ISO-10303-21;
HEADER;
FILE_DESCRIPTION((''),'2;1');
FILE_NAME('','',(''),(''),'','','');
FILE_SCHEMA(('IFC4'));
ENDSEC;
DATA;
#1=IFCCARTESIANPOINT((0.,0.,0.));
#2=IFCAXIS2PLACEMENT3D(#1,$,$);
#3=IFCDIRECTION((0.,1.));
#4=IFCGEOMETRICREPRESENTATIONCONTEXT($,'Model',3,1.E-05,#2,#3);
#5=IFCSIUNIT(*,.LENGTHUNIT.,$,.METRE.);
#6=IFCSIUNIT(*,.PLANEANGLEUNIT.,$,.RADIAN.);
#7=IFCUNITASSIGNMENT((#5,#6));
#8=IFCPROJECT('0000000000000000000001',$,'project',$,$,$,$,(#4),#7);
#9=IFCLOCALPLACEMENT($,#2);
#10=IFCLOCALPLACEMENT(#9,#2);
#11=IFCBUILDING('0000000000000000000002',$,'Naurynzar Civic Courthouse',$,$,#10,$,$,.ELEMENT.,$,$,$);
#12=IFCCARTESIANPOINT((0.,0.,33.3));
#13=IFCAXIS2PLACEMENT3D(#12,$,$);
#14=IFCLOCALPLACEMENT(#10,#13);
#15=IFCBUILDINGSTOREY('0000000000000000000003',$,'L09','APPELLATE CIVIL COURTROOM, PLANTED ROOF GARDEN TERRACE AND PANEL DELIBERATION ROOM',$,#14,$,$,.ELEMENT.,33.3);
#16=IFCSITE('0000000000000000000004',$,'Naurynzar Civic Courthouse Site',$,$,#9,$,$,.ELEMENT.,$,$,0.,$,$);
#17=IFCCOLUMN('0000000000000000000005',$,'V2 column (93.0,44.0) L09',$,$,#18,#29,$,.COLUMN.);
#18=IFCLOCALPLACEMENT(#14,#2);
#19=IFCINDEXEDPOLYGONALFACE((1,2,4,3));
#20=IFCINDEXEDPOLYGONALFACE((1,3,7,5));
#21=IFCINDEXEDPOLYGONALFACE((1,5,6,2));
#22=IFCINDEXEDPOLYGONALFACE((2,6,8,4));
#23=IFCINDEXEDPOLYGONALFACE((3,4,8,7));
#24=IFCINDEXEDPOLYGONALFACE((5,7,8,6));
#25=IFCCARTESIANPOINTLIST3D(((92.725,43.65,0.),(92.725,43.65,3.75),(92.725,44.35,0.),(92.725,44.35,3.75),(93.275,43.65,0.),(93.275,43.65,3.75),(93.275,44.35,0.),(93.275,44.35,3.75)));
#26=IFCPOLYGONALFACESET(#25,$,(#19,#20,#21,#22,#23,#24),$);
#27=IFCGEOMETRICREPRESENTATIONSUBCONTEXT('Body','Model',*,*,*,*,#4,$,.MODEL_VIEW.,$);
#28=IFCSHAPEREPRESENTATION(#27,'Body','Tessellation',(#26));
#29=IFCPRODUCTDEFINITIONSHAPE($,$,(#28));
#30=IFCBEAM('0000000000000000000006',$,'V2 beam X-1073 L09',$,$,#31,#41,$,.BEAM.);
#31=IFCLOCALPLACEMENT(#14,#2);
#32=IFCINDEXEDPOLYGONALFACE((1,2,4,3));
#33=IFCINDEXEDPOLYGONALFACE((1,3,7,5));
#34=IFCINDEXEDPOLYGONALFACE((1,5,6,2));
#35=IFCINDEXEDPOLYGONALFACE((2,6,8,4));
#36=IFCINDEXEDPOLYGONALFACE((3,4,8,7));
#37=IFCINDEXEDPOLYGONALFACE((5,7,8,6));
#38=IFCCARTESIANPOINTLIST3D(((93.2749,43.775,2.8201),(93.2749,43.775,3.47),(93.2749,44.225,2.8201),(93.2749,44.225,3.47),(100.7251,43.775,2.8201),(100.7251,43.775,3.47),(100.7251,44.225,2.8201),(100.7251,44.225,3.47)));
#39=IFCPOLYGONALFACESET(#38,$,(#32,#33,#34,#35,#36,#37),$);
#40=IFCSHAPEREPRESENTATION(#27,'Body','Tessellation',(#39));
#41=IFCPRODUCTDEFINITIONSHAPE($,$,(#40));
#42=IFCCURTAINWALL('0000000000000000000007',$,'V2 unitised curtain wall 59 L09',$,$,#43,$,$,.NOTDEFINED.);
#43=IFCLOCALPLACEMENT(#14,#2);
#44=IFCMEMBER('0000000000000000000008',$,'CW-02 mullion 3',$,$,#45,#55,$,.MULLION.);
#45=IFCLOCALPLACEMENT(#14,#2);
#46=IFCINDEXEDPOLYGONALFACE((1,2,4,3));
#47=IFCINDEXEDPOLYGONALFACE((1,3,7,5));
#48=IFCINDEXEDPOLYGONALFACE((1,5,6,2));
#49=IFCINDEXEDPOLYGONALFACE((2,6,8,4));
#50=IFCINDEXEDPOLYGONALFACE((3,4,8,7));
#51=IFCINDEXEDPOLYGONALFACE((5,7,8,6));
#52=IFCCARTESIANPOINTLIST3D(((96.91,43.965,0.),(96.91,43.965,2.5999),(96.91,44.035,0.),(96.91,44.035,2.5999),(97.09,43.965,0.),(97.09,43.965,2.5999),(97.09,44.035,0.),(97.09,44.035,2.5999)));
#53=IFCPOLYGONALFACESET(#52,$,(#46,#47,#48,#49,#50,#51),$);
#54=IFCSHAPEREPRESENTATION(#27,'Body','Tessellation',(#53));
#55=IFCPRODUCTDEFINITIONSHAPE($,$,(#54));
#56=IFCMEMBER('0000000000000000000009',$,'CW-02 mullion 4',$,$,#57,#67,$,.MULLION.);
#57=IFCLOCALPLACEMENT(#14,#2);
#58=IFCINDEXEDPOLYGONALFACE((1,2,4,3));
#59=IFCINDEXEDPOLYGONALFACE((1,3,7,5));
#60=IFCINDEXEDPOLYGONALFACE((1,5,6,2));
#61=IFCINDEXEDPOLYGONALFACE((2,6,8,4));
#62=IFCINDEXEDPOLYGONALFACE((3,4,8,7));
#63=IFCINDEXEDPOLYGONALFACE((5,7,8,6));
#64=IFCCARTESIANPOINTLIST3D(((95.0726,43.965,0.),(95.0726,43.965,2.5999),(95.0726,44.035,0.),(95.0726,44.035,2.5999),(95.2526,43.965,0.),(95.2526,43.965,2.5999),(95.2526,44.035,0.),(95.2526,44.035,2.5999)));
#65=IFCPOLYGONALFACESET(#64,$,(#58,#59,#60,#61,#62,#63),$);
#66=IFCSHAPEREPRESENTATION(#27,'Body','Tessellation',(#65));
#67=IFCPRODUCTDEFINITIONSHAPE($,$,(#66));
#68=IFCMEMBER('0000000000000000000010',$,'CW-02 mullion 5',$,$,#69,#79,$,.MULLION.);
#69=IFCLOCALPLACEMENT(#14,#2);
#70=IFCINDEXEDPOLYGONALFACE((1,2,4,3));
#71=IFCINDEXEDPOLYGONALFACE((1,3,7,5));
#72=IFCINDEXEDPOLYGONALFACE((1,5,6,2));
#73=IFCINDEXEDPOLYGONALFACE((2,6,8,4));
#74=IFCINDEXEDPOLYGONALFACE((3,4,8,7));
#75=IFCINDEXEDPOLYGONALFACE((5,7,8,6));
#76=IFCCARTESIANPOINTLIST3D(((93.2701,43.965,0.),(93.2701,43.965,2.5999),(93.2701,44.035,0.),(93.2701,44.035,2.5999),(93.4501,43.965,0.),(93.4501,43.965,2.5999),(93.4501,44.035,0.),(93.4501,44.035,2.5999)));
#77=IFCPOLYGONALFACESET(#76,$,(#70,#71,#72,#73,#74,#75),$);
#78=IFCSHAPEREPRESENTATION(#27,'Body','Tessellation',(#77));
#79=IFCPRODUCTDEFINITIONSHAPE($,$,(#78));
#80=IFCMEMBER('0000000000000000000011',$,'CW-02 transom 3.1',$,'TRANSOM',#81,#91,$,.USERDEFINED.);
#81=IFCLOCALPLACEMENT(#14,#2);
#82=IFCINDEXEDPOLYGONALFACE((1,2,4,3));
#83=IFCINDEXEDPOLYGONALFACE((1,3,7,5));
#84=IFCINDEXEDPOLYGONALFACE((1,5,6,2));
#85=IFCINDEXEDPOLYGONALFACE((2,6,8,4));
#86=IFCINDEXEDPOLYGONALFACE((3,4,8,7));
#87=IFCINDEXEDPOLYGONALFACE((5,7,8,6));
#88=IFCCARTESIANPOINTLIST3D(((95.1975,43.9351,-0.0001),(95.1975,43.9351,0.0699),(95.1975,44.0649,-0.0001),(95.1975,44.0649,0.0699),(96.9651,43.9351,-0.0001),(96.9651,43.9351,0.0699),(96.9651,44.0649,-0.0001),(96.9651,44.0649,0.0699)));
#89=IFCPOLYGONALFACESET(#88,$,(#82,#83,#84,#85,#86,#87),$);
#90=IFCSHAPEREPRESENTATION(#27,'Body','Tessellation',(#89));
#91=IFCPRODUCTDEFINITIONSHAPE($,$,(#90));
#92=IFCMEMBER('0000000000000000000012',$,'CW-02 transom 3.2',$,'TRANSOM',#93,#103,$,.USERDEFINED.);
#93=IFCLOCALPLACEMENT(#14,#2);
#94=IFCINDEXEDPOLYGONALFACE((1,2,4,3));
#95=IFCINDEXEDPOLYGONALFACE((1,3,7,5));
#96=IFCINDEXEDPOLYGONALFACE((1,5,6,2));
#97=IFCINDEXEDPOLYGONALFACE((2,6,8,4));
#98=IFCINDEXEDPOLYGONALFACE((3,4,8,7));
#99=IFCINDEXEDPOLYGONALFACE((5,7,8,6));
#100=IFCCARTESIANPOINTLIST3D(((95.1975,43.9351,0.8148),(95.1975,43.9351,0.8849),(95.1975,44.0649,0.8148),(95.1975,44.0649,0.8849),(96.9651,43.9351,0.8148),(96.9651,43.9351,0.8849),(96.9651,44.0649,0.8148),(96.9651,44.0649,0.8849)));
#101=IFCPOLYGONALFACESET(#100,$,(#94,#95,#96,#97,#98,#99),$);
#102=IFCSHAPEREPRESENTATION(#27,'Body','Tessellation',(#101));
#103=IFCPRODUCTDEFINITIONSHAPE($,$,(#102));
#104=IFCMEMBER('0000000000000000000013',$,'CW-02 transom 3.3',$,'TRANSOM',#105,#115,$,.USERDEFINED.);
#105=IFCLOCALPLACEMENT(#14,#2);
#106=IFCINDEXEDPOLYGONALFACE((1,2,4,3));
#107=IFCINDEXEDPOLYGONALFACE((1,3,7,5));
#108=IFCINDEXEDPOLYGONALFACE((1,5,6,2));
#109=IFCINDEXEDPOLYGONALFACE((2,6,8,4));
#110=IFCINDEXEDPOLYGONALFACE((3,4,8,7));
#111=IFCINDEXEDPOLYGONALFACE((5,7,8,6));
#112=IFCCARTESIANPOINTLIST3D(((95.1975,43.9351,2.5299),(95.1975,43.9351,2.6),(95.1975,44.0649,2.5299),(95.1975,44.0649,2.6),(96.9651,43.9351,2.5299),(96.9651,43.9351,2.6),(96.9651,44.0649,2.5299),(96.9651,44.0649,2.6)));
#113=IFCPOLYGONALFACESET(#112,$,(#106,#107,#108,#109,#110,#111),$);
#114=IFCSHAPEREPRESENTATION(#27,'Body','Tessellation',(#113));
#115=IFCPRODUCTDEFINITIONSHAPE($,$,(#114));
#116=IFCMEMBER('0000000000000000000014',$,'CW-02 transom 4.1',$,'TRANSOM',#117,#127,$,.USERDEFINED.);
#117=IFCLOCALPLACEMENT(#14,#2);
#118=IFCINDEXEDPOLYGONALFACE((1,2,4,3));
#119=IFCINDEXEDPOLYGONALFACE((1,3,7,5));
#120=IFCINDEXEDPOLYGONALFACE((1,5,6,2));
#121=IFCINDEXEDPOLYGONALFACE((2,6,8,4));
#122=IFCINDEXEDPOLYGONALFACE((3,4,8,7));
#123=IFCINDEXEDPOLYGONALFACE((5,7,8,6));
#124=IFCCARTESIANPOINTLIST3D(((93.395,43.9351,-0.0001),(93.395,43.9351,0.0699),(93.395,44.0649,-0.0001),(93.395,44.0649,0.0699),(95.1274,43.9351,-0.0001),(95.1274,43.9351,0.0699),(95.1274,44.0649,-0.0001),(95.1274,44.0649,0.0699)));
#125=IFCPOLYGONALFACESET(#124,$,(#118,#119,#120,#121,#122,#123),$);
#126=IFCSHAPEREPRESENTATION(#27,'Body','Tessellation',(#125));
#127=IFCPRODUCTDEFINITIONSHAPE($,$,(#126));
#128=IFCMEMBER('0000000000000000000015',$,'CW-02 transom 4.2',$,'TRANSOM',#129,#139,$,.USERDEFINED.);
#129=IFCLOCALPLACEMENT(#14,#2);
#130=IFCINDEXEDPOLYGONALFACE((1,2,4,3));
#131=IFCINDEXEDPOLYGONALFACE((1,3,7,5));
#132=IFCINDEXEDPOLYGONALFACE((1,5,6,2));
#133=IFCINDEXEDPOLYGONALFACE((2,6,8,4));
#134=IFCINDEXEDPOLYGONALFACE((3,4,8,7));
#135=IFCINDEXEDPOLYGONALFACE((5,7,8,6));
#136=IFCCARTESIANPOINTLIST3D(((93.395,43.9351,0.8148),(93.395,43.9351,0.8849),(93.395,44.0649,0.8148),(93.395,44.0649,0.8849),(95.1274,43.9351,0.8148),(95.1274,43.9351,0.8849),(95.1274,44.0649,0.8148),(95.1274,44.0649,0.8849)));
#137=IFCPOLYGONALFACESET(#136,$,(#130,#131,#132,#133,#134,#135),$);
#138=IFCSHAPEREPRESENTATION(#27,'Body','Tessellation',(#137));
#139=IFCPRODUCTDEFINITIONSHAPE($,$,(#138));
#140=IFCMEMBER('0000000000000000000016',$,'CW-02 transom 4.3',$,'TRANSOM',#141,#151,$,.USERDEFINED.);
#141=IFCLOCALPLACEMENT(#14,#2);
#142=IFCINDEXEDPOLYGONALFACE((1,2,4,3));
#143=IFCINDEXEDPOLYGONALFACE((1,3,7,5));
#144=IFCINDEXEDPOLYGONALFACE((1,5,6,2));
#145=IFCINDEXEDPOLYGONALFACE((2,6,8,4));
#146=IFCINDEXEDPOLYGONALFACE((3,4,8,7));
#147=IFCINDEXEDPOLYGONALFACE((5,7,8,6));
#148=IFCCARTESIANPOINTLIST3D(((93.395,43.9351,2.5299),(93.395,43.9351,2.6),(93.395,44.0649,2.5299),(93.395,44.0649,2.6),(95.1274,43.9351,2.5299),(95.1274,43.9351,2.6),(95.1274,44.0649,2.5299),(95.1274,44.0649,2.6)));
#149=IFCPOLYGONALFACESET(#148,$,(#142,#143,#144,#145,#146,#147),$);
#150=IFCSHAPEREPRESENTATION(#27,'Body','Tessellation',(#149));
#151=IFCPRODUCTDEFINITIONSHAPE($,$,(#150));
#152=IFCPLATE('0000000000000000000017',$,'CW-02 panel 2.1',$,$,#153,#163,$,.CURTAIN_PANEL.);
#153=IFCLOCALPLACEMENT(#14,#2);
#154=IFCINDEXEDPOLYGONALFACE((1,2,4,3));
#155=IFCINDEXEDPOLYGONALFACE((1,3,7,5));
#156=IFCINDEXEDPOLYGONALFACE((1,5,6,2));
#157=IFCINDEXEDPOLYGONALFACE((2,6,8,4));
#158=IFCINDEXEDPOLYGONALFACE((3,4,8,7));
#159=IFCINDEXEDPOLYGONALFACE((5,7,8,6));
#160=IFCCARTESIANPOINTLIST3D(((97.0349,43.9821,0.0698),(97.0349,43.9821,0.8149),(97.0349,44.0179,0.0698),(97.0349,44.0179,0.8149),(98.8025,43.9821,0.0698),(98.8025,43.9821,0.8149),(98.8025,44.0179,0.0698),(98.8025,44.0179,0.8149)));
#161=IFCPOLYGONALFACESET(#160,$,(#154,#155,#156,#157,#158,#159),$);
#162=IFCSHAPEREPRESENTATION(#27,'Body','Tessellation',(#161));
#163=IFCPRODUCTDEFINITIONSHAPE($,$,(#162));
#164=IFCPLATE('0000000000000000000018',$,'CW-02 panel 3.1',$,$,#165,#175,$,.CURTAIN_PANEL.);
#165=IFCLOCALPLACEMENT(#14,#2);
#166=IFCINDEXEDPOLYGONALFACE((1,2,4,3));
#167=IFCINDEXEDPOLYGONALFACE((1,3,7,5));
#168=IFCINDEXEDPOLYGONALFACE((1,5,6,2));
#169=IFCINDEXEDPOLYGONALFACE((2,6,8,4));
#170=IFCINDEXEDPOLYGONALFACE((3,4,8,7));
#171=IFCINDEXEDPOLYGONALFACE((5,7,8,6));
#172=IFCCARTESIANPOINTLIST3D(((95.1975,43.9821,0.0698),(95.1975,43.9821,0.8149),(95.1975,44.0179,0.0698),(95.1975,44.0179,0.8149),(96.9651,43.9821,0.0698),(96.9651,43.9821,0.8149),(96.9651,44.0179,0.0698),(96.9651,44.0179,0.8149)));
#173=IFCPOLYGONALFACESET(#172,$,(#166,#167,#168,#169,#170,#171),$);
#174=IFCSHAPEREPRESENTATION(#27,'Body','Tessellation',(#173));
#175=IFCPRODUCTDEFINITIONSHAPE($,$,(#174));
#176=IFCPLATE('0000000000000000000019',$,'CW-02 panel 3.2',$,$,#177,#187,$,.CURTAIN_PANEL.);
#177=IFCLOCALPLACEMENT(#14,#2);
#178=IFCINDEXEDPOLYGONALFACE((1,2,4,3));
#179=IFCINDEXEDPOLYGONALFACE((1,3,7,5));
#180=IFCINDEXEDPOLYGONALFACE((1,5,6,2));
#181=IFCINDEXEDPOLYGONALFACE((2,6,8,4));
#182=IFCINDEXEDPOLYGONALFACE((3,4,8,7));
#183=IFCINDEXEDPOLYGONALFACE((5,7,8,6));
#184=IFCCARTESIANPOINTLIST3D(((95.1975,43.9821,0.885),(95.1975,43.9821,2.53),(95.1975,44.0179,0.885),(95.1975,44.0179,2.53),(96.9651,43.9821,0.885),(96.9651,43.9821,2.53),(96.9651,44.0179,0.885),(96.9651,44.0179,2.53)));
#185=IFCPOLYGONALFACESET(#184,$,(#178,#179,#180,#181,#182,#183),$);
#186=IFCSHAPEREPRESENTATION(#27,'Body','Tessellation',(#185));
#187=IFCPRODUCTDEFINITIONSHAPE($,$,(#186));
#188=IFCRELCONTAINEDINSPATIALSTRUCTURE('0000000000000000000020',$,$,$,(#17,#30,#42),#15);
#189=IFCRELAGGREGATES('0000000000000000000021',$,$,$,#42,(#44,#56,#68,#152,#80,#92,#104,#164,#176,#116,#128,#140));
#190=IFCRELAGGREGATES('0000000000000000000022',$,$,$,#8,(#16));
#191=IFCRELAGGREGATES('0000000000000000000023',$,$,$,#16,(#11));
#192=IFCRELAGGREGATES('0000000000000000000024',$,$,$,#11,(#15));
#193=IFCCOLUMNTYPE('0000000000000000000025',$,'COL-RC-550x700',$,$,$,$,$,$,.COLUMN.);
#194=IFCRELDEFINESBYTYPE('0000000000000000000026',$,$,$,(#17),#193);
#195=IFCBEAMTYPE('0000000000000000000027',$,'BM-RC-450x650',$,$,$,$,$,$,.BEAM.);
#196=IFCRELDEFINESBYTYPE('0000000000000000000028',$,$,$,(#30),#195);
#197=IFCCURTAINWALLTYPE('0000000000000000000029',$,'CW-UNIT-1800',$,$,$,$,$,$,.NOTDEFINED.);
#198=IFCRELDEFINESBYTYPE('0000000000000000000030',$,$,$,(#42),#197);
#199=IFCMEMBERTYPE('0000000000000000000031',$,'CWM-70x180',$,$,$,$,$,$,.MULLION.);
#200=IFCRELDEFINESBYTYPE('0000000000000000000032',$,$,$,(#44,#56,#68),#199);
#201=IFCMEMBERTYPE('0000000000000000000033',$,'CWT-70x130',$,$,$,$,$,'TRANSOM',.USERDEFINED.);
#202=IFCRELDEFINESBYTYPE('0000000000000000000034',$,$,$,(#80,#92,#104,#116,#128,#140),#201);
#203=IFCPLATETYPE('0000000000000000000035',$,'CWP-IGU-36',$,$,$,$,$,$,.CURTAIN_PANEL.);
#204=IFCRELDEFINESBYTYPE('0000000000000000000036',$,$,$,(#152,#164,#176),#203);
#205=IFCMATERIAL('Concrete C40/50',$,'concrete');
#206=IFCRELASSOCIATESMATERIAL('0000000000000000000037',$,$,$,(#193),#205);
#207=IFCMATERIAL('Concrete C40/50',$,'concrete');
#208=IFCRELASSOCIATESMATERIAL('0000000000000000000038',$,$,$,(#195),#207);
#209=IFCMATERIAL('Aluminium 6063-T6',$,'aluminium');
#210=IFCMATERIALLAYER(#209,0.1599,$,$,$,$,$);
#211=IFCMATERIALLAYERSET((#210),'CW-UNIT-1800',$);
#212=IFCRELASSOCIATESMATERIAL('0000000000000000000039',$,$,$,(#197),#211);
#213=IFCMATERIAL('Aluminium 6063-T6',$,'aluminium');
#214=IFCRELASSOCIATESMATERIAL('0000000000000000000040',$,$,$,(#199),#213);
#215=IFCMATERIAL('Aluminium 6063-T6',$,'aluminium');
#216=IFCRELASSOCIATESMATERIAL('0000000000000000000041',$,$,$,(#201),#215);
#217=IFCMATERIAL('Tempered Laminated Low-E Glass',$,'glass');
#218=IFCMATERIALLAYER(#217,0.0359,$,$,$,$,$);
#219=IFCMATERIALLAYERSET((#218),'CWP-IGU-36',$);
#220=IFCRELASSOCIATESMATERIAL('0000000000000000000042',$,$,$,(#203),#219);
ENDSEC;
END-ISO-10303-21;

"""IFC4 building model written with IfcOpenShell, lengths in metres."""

from ifc_helpers import new_model, si_unit, direction, frame, origin, origin_2d, place, context, subcontext, project, spatial, rectangle, extrude, material, layer, layer_set, material_profile, profile_set, type_object, element, aggregate, save


model = new_model("IFC4")

# Units and contexts
model_context = context("Model", 3, precision=1e-05, world=origin(), true_north=direction((0.0, 1.0)))
body_context = subcontext(model_context, "Body", "Model", "MODEL_VIEW")
ifc_project = project(units=[si_unit("LENGTHUNIT", "METRE"), si_unit("PLANEANGLEUNIT", "RADIAN")], contexts=[model_context])

# Site, building, storey
site_placement = place(None, origin())
site = spatial("IfcSite", under=ifc_project, at=site_placement, Name="Naurynzar Civic Courthouse Site", CompositionType="ELEMENT", RefElevation=0.0)
building_placement = place(site_placement, origin())
building = spatial("IfcBuilding", under=site, at=building_placement, Name="Naurynzar Civic Courthouse", CompositionType="ELEMENT")
storey_placement = place(building_placement, frame((0.0, 0.0, 33.3)))
storey = spatial("IfcBuildingStorey", under=building, at=storey_placement, Name="L09", Description="APPELLATE CIVIL COURTROOM, PLANTED ROOF GARDEN TERRACE AND PANEL DELIBERATION ROOM", CompositionType="ELEMENT", Elevation=33.3)

# Column
ifc_material_1 = material(Name="Concrete C40/50", Category="concrete")
ifc_material_profile_1 = material_profile(ifc_material_1, rectangle(XDim=0.55, YDim=0.7, at=origin_2d()), Name="RC 550x700")
ifc_profile_set_1 = profile_set([ifc_material_profile_1], Name="Concrete C40/50")
column_type = type_object("IfcColumnType", Name="COL-RC-550x700", PredefinedType="COLUMN", material=ifc_profile_set_1)
column_placement = place(storey_placement, frame((93.0, 44.0, 0.0), z_axis=(0.0, 0.0, 1.0), x_axis=(1.0, 0.0, 0.0)))
element("IfcColumn", 1, at=column_placement, inside=storey, type_object=column_type, Name="V2 column (93.0,44.0) L09", PredefinedType="COLUMN", context=body_context, shape_type="SweptSolid", body=[
    extrude(rectangle(XDim=0.55, YDim=0.7, at=origin_2d()), origin(), (0.0, 0.0, 1.0), 3.75),
])

# Beam
ifc_material_2 = material(Name="Concrete C40/50", Category="concrete")
ifc_material_profile_2 = material_profile(ifc_material_2, rectangle(XDim=0.45, YDim=0.6499, at=origin_2d()), Name="RCB 450x650")
ifc_profile_set_2 = profile_set([ifc_material_profile_2], Name="Concrete C40/50")
beam_type = type_object("IfcBeamType", Name="BM-RC-450x650", PredefinedType="BEAM", material=ifc_profile_set_2)
beam_placement = place(storey_placement, frame((93.2749, 44.0, 3.145), z_axis=(1.0, 0.0, 0.0), x_axis=(0.0, 1.0, 0.0)))
element("IfcBeam", 2, at=beam_placement, inside=storey, type_object=beam_type, Name="V2 beam X-1073 L09", PredefinedType="BEAM", context=body_context, shape_type="SweptSolid", body=[
    extrude(rectangle(XDim=0.45, YDim=0.6499, at=origin_2d()), origin(), (0.0, 0.0, 1.0), 7.4502),
])

# Curtain wall, members, plates
ifc_material_3 = material(Name="Aluminium 6063-T6", Category="aluminium")
ifc_layer_1 = layer(ifc_material_3, 0.1599)
ifc_layer_set_1 = layer_set([ifc_layer_1], Name="CW-UNIT-1800")
curtain_wall_type = type_object("IfcCurtainWallType", Name="CW-UNIT-1800", PredefinedType="NOTDEFINED", material=ifc_layer_set_1)
curtain_wall_placement = place(storey_placement, origin())
curtain_wall = element("IfcCurtainWall", 3, at=curtain_wall_placement, inside=storey, type_object=curtain_wall_type, Name="V2 unitised curtain wall 59 L09", PredefinedType="NOTDEFINED")
ifc_material_4 = material(Name="Aluminium 6063-T6", Category="aluminium")
ifc_material_profile_3 = material_profile(ifc_material_4, rectangle(XDim=0.0701, YDim=0.1799, at=origin_2d()), Name="ALU MULLION 70x180")
ifc_profile_set_3 = profile_set([ifc_material_profile_3], Name="Aluminium 6063-T6")
member_type_1 = type_object("IfcMemberType", Name="CWM-70x180", PredefinedType="MULLION", material=ifc_profile_set_3)
member_1_placement = place(storey_placement, frame((97.0, 44.0, 0.0), z_axis=(0.0, 0.0, 1.0), x_axis=(0.0, -1.0, 0.0)))
member_1 = element("IfcMember", 4, at=member_1_placement, type_object=member_type_1, Name="CW-02 mullion 3", PredefinedType="MULLION", context=body_context, shape_type="SweptSolid", body=[
    extrude(rectangle(XDim=0.0701, YDim=0.1799, at=origin_2d()), origin(), (0.0, 0.0, 1.0), 2.5999),
])
member_2_placement = place(storey_placement, frame((95.1626, 44.0, 0.0), z_axis=(0.0, 0.0, 1.0), x_axis=(0.0, -1.0, 0.0)))
member_2 = element("IfcMember", 5, at=member_2_placement, type_object=member_type_1, Name="CW-02 mullion 4", PredefinedType="MULLION", context=body_context, shape_type="SweptSolid", body=[
    extrude(rectangle(XDim=0.0701, YDim=0.1799, at=origin_2d()), origin(), (0.0, 0.0, 1.0), 2.5999),
])
member_3_placement = place(storey_placement, frame((93.3601, 44.0, 0.0), z_axis=(0.0, 0.0, 1.0), x_axis=(0.0, -1.0, 0.0)))
member_3 = element("IfcMember", 6, at=member_3_placement, type_object=member_type_1, Name="CW-02 mullion 5", PredefinedType="MULLION", context=body_context, shape_type="SweptSolid", body=[
    extrude(rectangle(XDim=0.0701, YDim=0.1799, at=origin_2d()), origin(), (0.0, 0.0, 1.0), 2.5999),
])
ifc_material_5 = material(Name="Aluminium 6063-T6", Category="aluminium")
ifc_material_profile_4 = material_profile(ifc_material_5, rectangle(XDim=0.1299, YDim=0.0701, at=origin_2d()), Name="ALU TRANSOM 70x130")
ifc_profile_set_4 = profile_set([ifc_material_profile_4], Name="Aluminium 6063-T6")
member_type_2 = type_object("IfcMemberType", Name="CWT-70x130", ElementType="TRANSOM", PredefinedType="USERDEFINED", material=ifc_profile_set_4)
member_4_placement = place(storey_placement, frame((96.9651, 44.0, 0.0349), z_axis=(-1.0, 0.0, 0.0), x_axis=(0.0, -1.0, 0.0)))
member_4 = element("IfcMember", 7, at=member_4_placement, type_object=member_type_2, Name="CW-02 transom 3.1", ObjectType="TRANSOM", PredefinedType="USERDEFINED", context=body_context, shape_type="SweptSolid", body=[
    extrude(rectangle(XDim=0.1299, YDim=0.0701, at=origin_2d()), origin(), (0.0, 0.0, 1.0), 1.7676),
])
member_5_placement = place(storey_placement, frame((96.9651, 44.0, 0.8499), z_axis=(-1.0, 0.0, 0.0), x_axis=(0.0, -1.0, 0.0)))
member_5 = element("IfcMember", 8, at=member_5_placement, type_object=member_type_2, Name="CW-02 transom 3.2", ObjectType="TRANSOM", PredefinedType="USERDEFINED", context=body_context, shape_type="SweptSolid", body=[
    extrude(rectangle(XDim=0.1299, YDim=0.0701, at=origin_2d()), origin(), (0.0, 0.0, 1.0), 1.7676),
])
member_6_placement = place(storey_placement, frame((96.9651, 44.0, 2.5649), z_axis=(-1.0, 0.0, 0.0), x_axis=(0.0, -1.0, 0.0)))
member_6 = element("IfcMember", 9, at=member_6_placement, type_object=member_type_2, Name="CW-02 transom 3.3", ObjectType="TRANSOM", PredefinedType="USERDEFINED", context=body_context, shape_type="SweptSolid", body=[
    extrude(rectangle(XDim=0.1299, YDim=0.0701, at=origin_2d()), origin(), (0.0, 0.0, 1.0), 1.7676),
])
member_7_placement = place(storey_placement, frame((95.1274, 44.0, 0.0349), z_axis=(-1.0, 0.0, 0.0), x_axis=(0.0, -1.0, 0.0)))
member_7 = element("IfcMember", 10, at=member_7_placement, type_object=member_type_2, Name="CW-02 transom 4.1", ObjectType="TRANSOM", PredefinedType="USERDEFINED", context=body_context, shape_type="SweptSolid", body=[
    extrude(rectangle(XDim=0.1299, YDim=0.0701, at=origin_2d()), origin(), (0.0, 0.0, 1.0), 1.7324),
])
member_8_placement = place(storey_placement, frame((95.1274, 44.0, 0.8499), z_axis=(-1.0, 0.0, 0.0), x_axis=(0.0, -1.0, 0.0)))
member_8 = element("IfcMember", 11, at=member_8_placement, type_object=member_type_2, Name="CW-02 transom 4.2", ObjectType="TRANSOM", PredefinedType="USERDEFINED", context=body_context, shape_type="SweptSolid", body=[
    extrude(rectangle(XDim=0.1299, YDim=0.0701, at=origin_2d()), origin(), (0.0, 0.0, 1.0), 1.7324),
])
member_9_placement = place(storey_placement, frame((95.1274, 44.0, 2.5649), z_axis=(-1.0, 0.0, 0.0), x_axis=(0.0, -1.0, 0.0)))
member_9 = element("IfcMember", 12, at=member_9_placement, type_object=member_type_2, Name="CW-02 transom 4.3", ObjectType="TRANSOM", PredefinedType="USERDEFINED", context=body_context, shape_type="SweptSolid", body=[
    extrude(rectangle(XDim=0.1299, YDim=0.0701, at=origin_2d()), origin(), (0.0, 0.0, 1.0), 1.7324),
])
ifc_material_6 = material(Name="Tempered Laminated Low-E Glass", Category="glass")
ifc_layer_2 = layer(ifc_material_6, 0.0359)
ifc_layer_set_2 = layer_set([ifc_layer_2], Name="CWP-IGU-36")
plate_type = type_object("IfcPlateType", Name="CWP-IGU-36", PredefinedType="CURTAIN_PANEL", material=ifc_layer_set_2)
plate_1_placement = place(storey_placement, frame((97.9187, 44.0, 0.0698), z_axis=(0.0, 0.0, 1.0), x_axis=(-1.0, 0.0, 0.0)))
plate_1 = element("IfcPlate", 13, at=plate_1_placement, type_object=plate_type, Name="CW-02 panel 2.1", PredefinedType="CURTAIN_PANEL", context=body_context, shape_type="SweptSolid", body=[
    extrude(rectangle(XDim=1.7676, YDim=0.0359, at=origin_2d()), origin(), (0.0, 0.0, 1.0), 0.7451),
])
plate_2_placement = place(storey_placement, frame((96.0813, 44.0, 0.0698), z_axis=(0.0, 0.0, 1.0), x_axis=(-1.0, 0.0, 0.0)))
plate_2 = element("IfcPlate", 14, at=plate_2_placement, type_object=plate_type, Name="CW-02 panel 3.1", PredefinedType="CURTAIN_PANEL", context=body_context, shape_type="SweptSolid", body=[
    extrude(rectangle(XDim=1.7676, YDim=0.0359, at=origin_2d()), origin(), (0.0, 0.0, 1.0), 0.7451),
])
plate_3_placement = place(storey_placement, frame((96.0813, 44.0, 0.885), z_axis=(0.0, 0.0, 1.0), x_axis=(-1.0, 0.0, 0.0)))
plate_3 = element("IfcPlate", 15, at=plate_3_placement, type_object=plate_type, Name="CW-02 panel 3.2", PredefinedType="CURTAIN_PANEL", context=body_context, shape_type="SweptSolid", body=[
    extrude(rectangle(XDim=1.7676, YDim=0.0359, at=origin_2d()), origin(), (0.0, 0.0, 1.0), 1.645),
])
aggregate(curtain_wall, [member_1, member_2, member_3, plate_1, member_4, member_5, member_6, plate_2, plate_3, member_7, member_8, member_9])

save(model, "model.ifc")
